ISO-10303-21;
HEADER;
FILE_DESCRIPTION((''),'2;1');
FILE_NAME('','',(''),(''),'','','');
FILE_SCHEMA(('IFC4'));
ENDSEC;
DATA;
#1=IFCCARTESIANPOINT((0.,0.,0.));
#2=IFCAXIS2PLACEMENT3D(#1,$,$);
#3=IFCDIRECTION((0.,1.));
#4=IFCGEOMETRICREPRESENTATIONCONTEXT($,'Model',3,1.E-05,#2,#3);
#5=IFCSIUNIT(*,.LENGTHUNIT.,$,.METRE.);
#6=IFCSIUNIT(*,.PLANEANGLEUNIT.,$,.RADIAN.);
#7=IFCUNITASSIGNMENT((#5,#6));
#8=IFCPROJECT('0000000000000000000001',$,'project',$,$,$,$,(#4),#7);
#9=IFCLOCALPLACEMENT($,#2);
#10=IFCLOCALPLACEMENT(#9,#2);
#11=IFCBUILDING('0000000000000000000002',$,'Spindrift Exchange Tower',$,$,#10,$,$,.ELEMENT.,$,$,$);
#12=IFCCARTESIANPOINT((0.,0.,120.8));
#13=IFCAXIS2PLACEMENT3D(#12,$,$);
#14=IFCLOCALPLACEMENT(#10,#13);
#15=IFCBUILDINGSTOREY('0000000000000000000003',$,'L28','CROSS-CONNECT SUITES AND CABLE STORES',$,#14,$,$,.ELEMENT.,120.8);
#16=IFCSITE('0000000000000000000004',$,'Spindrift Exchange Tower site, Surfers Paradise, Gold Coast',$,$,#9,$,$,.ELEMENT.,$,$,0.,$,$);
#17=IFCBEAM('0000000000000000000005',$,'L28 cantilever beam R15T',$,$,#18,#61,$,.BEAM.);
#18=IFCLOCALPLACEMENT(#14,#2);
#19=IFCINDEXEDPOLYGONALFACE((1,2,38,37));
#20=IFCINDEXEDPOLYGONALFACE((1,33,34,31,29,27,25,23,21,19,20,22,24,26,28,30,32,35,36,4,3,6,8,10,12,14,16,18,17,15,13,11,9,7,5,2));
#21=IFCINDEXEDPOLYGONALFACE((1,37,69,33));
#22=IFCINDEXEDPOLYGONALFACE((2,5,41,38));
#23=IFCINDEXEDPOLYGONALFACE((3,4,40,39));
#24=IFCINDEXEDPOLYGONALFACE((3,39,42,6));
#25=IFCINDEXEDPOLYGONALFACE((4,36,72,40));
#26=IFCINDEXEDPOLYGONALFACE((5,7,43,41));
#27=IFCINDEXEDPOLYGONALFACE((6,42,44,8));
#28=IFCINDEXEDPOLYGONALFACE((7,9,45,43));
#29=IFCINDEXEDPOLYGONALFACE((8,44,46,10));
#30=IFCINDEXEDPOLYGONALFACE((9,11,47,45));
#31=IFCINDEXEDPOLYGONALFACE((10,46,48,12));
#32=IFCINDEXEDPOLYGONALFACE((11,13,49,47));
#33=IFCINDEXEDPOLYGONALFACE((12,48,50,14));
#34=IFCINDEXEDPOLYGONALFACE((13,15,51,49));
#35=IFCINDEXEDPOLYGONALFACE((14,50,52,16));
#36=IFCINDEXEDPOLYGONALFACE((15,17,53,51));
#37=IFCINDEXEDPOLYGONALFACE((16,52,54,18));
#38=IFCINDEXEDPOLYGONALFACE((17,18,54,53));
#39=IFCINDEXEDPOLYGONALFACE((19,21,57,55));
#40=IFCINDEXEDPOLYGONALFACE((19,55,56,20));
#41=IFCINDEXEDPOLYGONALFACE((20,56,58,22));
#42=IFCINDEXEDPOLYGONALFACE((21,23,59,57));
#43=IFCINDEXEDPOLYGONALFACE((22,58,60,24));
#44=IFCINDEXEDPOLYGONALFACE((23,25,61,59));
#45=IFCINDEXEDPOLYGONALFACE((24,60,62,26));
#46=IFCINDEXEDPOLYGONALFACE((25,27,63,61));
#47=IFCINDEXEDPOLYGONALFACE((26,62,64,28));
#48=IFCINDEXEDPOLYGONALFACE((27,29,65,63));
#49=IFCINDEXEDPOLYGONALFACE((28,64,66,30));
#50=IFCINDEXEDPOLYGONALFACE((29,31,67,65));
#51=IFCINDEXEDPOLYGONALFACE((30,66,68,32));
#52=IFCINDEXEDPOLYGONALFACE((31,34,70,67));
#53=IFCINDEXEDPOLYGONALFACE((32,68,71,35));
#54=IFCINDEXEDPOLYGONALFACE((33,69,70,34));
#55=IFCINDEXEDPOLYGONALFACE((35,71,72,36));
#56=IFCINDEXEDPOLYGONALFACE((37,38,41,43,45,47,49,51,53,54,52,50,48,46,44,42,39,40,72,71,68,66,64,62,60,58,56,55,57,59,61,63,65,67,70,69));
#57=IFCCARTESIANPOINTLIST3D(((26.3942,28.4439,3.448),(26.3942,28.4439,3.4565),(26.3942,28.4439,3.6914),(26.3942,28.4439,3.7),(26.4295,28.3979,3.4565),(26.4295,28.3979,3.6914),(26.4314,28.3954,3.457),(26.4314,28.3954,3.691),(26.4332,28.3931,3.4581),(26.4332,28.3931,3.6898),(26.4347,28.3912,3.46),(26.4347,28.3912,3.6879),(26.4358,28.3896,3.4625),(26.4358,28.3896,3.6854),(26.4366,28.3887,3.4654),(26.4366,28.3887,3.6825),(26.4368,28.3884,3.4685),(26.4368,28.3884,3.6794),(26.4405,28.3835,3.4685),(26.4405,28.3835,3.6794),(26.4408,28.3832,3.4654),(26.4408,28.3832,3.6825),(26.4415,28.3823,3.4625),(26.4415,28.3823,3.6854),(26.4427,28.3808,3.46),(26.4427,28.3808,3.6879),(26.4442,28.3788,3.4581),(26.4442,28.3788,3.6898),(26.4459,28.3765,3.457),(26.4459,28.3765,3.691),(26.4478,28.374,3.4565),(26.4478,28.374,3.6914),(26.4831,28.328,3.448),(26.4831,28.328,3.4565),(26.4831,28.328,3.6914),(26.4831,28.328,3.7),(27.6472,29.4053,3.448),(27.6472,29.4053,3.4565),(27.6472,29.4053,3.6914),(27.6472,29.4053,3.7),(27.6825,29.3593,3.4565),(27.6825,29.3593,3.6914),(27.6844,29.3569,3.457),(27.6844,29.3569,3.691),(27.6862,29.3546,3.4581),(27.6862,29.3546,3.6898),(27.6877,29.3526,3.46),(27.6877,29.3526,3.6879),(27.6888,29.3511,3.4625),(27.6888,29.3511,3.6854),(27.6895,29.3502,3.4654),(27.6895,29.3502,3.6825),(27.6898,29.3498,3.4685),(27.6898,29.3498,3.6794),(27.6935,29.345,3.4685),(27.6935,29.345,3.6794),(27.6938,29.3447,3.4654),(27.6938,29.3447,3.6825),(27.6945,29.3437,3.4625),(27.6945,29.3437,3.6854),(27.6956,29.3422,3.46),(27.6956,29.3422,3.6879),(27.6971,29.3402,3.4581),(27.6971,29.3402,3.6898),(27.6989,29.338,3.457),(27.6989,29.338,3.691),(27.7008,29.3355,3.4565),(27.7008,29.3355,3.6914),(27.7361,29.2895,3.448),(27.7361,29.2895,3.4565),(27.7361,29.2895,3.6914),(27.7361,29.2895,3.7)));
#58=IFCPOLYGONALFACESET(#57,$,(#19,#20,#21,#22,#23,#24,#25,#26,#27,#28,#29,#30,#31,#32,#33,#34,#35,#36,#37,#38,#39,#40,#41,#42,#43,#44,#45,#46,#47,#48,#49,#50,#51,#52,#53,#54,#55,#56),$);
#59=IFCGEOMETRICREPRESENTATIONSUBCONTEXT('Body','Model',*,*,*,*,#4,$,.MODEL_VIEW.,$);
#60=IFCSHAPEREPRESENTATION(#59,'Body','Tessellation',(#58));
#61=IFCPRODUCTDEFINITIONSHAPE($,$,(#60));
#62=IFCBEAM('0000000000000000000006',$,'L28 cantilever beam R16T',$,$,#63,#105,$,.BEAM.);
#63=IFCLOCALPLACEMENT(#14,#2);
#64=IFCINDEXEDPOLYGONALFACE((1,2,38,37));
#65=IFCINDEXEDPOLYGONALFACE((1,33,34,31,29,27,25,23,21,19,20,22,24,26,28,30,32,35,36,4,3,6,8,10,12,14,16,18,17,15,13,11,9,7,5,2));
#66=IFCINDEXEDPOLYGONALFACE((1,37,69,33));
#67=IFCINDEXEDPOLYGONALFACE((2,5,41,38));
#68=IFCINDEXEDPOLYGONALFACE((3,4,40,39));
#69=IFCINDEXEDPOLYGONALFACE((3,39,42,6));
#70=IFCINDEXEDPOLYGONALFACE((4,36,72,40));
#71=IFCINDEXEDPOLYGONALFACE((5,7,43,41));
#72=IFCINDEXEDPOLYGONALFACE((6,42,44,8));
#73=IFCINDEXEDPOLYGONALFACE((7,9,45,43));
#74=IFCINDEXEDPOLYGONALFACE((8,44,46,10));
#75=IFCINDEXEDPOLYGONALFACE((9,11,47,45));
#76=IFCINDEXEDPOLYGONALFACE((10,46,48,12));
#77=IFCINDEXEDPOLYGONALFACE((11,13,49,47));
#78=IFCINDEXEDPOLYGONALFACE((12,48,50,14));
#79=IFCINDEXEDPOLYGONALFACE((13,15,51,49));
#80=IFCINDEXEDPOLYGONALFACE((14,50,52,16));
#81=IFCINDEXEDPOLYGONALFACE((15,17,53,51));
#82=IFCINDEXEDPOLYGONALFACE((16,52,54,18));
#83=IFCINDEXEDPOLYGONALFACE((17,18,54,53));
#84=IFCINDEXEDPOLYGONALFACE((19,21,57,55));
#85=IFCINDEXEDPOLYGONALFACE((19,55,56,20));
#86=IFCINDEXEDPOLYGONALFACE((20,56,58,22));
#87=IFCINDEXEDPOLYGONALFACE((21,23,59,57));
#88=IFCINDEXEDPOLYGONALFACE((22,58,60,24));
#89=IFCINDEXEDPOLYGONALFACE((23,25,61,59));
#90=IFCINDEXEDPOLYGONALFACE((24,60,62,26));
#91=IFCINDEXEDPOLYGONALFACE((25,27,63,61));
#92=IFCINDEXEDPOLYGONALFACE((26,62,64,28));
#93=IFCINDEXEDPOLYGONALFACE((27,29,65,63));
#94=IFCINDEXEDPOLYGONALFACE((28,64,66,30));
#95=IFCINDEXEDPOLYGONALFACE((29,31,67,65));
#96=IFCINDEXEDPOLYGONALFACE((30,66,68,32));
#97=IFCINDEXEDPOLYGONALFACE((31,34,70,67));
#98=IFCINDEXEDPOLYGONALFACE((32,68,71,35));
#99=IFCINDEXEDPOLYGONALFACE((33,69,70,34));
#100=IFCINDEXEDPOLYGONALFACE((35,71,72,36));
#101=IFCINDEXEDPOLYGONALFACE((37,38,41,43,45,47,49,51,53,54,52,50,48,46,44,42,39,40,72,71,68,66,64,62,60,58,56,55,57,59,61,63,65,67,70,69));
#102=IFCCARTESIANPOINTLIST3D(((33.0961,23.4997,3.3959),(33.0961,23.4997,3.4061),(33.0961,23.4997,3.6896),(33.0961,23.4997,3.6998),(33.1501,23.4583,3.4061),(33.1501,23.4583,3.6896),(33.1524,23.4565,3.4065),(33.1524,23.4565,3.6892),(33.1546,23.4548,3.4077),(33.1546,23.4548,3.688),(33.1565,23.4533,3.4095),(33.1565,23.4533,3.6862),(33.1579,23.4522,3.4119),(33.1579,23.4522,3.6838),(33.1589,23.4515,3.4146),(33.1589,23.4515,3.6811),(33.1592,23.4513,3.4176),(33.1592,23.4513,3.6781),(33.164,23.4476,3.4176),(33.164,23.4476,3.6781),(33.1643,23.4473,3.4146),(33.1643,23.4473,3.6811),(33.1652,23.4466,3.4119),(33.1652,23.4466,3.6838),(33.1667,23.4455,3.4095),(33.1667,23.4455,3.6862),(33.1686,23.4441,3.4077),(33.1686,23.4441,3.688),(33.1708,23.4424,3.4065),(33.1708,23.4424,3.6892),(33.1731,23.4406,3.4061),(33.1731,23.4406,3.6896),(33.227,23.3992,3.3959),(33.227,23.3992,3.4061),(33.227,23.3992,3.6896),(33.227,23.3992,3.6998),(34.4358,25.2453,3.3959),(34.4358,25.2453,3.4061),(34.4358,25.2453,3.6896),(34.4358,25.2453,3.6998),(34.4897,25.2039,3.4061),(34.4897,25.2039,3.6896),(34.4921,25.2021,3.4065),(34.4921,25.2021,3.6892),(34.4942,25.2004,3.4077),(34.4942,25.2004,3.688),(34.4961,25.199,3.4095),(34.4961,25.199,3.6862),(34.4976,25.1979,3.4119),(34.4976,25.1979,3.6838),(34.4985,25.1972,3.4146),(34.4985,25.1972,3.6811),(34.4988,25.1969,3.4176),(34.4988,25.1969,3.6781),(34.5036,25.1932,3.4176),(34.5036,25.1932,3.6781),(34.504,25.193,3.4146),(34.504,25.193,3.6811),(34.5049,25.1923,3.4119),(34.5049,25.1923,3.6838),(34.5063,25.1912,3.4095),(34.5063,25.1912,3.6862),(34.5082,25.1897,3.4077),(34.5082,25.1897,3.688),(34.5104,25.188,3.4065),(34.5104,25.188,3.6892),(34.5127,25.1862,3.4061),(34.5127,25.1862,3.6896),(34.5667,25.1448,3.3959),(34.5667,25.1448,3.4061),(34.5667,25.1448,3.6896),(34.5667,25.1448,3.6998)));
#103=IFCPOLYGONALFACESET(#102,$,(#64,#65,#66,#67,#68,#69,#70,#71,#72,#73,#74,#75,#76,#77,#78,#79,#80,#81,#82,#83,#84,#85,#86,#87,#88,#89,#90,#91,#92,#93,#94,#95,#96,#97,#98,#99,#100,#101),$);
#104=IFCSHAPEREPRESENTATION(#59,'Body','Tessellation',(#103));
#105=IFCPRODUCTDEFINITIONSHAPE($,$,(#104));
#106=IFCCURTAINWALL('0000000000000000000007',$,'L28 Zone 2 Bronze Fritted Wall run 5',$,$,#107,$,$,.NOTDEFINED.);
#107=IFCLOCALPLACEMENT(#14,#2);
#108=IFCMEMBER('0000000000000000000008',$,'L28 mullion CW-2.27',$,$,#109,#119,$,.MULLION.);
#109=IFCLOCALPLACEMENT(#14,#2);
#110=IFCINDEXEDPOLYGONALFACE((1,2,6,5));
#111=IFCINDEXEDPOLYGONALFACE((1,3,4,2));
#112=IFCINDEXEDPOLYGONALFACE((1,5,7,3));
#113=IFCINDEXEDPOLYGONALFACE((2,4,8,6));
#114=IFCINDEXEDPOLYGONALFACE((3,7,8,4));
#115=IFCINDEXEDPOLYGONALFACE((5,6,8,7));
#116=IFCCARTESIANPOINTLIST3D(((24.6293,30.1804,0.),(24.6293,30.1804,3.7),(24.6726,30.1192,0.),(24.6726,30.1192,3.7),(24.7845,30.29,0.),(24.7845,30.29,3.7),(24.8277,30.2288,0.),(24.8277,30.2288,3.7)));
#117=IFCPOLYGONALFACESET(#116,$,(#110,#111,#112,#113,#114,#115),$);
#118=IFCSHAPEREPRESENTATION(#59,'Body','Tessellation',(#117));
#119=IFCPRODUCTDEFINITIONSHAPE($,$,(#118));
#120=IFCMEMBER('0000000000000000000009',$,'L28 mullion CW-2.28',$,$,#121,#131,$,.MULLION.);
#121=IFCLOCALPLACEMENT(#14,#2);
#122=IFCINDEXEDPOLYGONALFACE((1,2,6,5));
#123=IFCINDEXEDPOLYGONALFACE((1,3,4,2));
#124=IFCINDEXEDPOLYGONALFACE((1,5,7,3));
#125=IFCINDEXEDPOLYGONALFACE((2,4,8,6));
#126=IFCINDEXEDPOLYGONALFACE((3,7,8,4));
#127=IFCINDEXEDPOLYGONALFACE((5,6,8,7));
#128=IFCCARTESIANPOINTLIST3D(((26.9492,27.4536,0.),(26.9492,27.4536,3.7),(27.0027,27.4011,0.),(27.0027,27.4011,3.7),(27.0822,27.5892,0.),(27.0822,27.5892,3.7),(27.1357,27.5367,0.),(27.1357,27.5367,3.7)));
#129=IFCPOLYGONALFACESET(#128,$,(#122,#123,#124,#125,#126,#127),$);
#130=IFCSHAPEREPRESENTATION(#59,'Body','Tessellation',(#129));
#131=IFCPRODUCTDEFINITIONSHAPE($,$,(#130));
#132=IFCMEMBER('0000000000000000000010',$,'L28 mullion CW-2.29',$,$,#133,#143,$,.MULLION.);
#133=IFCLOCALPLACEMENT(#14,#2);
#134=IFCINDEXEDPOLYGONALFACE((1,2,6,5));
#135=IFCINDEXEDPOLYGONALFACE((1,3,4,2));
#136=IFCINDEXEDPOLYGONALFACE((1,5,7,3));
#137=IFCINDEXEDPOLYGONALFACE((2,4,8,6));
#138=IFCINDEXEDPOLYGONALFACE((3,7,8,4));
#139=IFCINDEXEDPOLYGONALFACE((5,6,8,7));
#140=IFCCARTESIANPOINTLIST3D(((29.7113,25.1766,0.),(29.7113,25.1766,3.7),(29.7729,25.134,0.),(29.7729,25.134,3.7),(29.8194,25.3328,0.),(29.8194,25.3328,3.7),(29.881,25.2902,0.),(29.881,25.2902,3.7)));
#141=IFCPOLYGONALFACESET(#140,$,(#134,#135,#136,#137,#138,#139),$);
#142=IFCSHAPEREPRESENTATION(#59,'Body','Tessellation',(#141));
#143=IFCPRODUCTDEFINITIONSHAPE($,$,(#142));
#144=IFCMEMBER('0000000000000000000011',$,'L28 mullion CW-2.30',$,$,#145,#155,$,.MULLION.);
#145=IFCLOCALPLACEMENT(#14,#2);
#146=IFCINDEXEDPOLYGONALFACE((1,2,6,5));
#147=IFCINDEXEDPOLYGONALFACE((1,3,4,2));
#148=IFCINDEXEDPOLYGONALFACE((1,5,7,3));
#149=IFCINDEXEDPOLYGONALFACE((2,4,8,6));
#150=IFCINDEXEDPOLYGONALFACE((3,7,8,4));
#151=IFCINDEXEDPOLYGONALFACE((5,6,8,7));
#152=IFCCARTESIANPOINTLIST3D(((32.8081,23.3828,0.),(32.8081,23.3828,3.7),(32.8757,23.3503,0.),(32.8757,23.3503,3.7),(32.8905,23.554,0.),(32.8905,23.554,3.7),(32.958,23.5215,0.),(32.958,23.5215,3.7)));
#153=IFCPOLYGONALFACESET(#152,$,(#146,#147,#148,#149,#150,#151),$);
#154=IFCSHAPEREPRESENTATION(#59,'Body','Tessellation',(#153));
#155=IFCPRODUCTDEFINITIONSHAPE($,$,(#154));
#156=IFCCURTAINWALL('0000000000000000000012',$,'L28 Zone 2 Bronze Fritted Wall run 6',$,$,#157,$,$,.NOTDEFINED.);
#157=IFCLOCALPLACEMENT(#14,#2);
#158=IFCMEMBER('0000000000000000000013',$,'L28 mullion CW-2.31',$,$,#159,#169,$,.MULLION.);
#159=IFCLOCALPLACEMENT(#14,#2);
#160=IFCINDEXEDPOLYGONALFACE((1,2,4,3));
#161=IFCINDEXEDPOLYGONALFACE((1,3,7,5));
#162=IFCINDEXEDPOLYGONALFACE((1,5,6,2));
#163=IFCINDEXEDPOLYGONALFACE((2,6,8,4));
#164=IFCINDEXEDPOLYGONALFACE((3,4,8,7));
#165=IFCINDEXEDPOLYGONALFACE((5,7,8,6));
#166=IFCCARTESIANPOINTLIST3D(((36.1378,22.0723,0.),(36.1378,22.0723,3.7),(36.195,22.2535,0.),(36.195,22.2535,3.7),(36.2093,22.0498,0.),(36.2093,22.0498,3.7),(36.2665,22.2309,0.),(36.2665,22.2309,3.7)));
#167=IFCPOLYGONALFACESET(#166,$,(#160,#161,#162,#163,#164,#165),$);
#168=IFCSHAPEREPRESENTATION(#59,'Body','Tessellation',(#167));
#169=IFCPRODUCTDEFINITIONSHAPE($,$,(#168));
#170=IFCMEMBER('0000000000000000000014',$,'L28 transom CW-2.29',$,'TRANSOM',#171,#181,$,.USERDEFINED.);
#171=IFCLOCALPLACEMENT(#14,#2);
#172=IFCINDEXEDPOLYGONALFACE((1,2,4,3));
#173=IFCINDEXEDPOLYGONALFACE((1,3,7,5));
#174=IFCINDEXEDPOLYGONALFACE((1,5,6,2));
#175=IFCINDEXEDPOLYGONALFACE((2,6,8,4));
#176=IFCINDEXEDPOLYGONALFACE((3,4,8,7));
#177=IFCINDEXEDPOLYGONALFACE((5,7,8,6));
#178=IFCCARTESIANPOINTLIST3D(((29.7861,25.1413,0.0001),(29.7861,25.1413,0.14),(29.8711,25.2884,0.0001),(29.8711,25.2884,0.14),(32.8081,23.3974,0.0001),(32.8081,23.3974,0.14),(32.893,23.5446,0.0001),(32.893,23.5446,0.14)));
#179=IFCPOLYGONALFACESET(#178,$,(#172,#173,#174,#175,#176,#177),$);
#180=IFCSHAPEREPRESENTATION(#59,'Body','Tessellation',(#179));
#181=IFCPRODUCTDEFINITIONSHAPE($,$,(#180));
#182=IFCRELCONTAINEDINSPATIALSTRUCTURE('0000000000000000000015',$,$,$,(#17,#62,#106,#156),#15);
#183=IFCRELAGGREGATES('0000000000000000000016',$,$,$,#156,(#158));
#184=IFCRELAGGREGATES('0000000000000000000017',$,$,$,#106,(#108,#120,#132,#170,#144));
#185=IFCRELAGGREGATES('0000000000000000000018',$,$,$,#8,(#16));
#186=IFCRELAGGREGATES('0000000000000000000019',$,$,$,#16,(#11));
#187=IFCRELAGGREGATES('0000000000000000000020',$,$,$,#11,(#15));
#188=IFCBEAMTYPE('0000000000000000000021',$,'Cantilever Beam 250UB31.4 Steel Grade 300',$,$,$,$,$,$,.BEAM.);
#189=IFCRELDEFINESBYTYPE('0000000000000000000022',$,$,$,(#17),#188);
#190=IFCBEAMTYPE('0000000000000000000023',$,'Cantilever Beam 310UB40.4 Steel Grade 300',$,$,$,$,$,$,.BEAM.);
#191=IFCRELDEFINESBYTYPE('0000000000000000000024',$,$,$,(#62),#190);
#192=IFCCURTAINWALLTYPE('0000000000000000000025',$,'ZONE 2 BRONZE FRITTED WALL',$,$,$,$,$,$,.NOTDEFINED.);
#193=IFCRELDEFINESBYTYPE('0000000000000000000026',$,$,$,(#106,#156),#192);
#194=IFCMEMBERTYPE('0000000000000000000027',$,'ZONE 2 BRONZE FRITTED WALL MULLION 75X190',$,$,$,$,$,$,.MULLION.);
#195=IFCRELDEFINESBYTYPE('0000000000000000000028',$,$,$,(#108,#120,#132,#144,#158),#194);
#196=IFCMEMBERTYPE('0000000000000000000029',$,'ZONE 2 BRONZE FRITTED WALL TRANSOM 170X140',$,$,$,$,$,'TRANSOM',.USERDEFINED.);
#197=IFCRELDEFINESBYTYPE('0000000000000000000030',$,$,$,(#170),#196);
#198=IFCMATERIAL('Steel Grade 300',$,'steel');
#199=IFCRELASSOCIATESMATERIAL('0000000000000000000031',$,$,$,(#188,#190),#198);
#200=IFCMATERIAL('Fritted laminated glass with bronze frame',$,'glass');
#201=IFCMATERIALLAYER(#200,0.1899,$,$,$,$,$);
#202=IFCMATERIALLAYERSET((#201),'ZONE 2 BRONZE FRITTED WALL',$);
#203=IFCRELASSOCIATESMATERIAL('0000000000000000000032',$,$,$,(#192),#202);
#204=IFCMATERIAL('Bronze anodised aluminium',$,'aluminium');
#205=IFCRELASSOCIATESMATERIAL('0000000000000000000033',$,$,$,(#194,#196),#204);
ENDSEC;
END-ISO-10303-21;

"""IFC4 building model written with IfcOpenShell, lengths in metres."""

from ifc_helpers import new_model, si_unit, direction, frame, origin, origin_2d, place, context, subcontext, project, spatial, rectangle, i_section, extrude, source, transform, mapped, material, layer, layer_set, material_profile, profile_set, type_object, element, aggregate, save


model = new_model("IFC4")

# Units and contexts
model_context = context("Model", 3, precision=1e-05, world=origin(), true_north=direction((0.0, 1.0)))
body_context = subcontext(model_context, "Body", "Model", "MODEL_VIEW")
ifc_project = project(units=[si_unit("LENGTHUNIT", "METRE"), si_unit("PLANEANGLEUNIT", "RADIAN")], contexts=[model_context])

# Site, building, storey
site_placement = place(None, origin())
site = spatial("IfcSite", under=ifc_project, at=site_placement, Name="Spindrift Exchange Tower site, Surfers Paradise, Gold Coast", CompositionType="ELEMENT", RefElevation=0.0)
building_placement = place(site_placement, origin())
building = spatial("IfcBuilding", under=site, at=building_placement, Name="Spindrift Exchange Tower", CompositionType="ELEMENT")
storey_placement = place(building_placement, frame((0.0, 0.0, 120.8)))
storey = spatial("IfcBuildingStorey", under=building, at=storey_placement, Name="L28", Description="CROSS-CONNECT SUITES AND CABLE STORES", CompositionType="ELEMENT", Elevation=120.8)

# Beams
ifc_material_1 = material(Name="Steel Grade 300", Category="steel")
ifc_material_profile_1 = material_profile(ifc_material_1, i_section(OverallWidth=0.146, OverallDepth=0.252, WebThickness=0.0061, FlangeThickness=0.0085, FilletRadius=0.012, at=origin_2d()), Name="250UB31.4")
ifc_profile_set_1 = profile_set([ifc_material_profile_1], Name="Steel Grade 300")
beam_type_1 = type_object("IfcBeamType", Name="Cantilever Beam 250UB31.4 Steel Grade 300", PredefinedType="BEAM", material=ifc_profile_set_1)
shared_shape_1 = source(origin(), body_context, "Body", "SweptSolid", [
    extrude(i_section(OverallWidth=0.146, OverallDepth=0.252, WebThickness=0.0061, FlangeThickness=0.0085, FilletRadius=0.012, at=origin_2d()), origin(), (0.0, 0.0, 1.0), 1.5793),
])
beam_1_placement = place(storey_placement, frame((27.6917, 29.3474, 3.574), z_axis=(-0.793348, -0.608769, 0.0), x_axis=(0.608769, -0.793348, 0.0)))
element("IfcBeam", 1, at=beam_1_placement, inside=storey, type_object=beam_type_1, Name="L28 cantilever beam R15T", PredefinedType="BEAM", context=body_context, shape_type="MappedRepresentation", body=[
    mapped(shared_shape_1, transform((0.0, 0.0, 0.0), scale=1.0)),
])
ifc_material_profile_2 = material_profile(ifc_material_1, i_section(OverallWidth=0.165, OverallDepth=0.304, WebThickness=0.0061, FlangeThickness=0.0103, FilletRadius=0.0115, at=origin_2d()), Name="310UB40.4")
ifc_profile_set_2 = profile_set([ifc_material_profile_2], Name="Steel Grade 300")
beam_type_2 = type_object("IfcBeamType", Name="Cantilever Beam 310UB40.4 Steel Grade 300", PredefinedType="BEAM", material=ifc_profile_set_2)
shared_shape_2 = source(origin(), body_context, "Body", "SweptSolid", [
    extrude(i_section(OverallWidth=0.165, OverallDepth=0.304, WebThickness=0.0061, FlangeThickness=0.0103, FilletRadius=0.0115, at=origin_2d()), origin(), (0.0, 0.0, 1.0), 2.2004),
])
beam_2_placement = place(storey_placement, frame((34.5012, 25.1951, 3.5479), z_axis=(-0.608804, -0.793321, 0.0), x_axis=(0.793321, -0.608804, 0.0)))
element("IfcBeam", 2, at=beam_2_placement, inside=storey, type_object=beam_type_2, Name="L28 cantilever beam R16T", PredefinedType="BEAM", context=body_context, shape_type="MappedRepresentation", body=[
    mapped(shared_shape_2, transform((0.0, 0.0, 0.0), scale=1.0)),
])

# Curtain wall, members
ifc_material_2 = material(Name="Fritted laminated glass with bronze frame", Category="glass")
ifc_layer_1 = layer(ifc_material_2, 0.1899)
ifc_layer_set_1 = layer_set([ifc_layer_1], Name="ZONE 2 BRONZE FRITTED WALL")
curtain_wall_type = type_object("IfcCurtainWallType", Name="ZONE 2 BRONZE FRITTED WALL", PredefinedType="NOTDEFINED", material=ifc_layer_set_1)
curtain_wall_1_placement = place(storey_placement, origin())
curtain_wall_1 = element("IfcCurtainWall", 3, at=curtain_wall_1_placement, inside=storey, type_object=curtain_wall_type, Name="L28 Zone 2 Bronze Fritted Wall run 5", PredefinedType="NOTDEFINED")
ifc_material_3 = material(Name="Bronze anodised aluminium", Category="aluminium")
ifc_material_profile_3 = material_profile(ifc_material_3, rectangle(XDim=0.075, YDim=0.1899, at=origin_2d()), Name="ZONE 2 BRONZE FRITTED WALL MULLION 75X190")
ifc_profile_set_3 = profile_set([ifc_material_profile_3], Name="Bronze anodised aluminium")
member_type_1 = type_object("IfcMemberType", Name="ZONE 2 BRONZE FRITTED WALL MULLION 75X190", PredefinedType="MULLION", material=ifc_profile_set_3)
shared_shape_3 = source(origin(), body_context, "Body", "SweptSolid", [
    extrude(rectangle(XDim=0.075, YDim=0.1899, at=origin_2d()), origin(), (0.0, 0.0, 1.0), 3.7),
])
member_1_placement = place(storey_placement, frame((24.7285, 30.2046, 0.0), z_axis=(0.0, 0.0, 1.0), x_axis=(0.577059, -0.816703, 0.0)))
member_1 = element("IfcMember", 4, at=member_1_placement, type_object=member_type_1, Name="L28 mullion CW-2.27", PredefinedType="MULLION", context=body_context, shape_type="MappedRepresentation", body=[
    mapped(shared_shape_3, transform((0.0, 0.0, 0.0), scale=1.0)),
])
member_2_placement = place(storey_placement, frame((27.0425, 27.4951, 0.0), z_axis=(0.0, 0.0, 1.0), x_axis=(0.713866, -0.700282, 0.0)))
member_2 = element("IfcMember", 5, at=member_2_placement, type_object=member_type_1, Name="L28 mullion CW-2.28", PredefinedType="MULLION", context=body_context, shape_type="MappedRepresentation", body=[
    mapped(shared_shape_3, transform((0.0, 0.0, 0.0), scale=1.0)),
])
member_3_placement = place(storey_placement, frame((29.7961, 25.2334, 0.0), z_axis=(0.0, 0.0, 1.0), x_axis=(0.822225, -0.569162, 0.0)))
member_3 = element("IfcMember", 6, at=member_3_placement, type_object=member_type_1, Name="L28 mullion CW-2.29", PredefinedType="MULLION", context=body_context, shape_type="MappedRepresentation", body=[
    mapped(shared_shape_3, transform((0.0, 0.0, 0.0), scale=1.0)),
])
member_4_placement = place(storey_placement, frame((32.8831, 23.4521, 0.0), z_axis=(0.0, 0.0, 1.0), x_axis=(0.90114, -0.433528, 0.0)))
member_4 = element("IfcMember", 7, at=member_4_placement, type_object=member_type_1, Name="L28 mullion CW-2.30", PredefinedType="MULLION", context=body_context, shape_type="MappedRepresentation", body=[
    mapped(shared_shape_3, transform((0.0, 0.0, 0.0), scale=1.0)),
])

# Curtain wall, member
curtain_wall_2_placement = place(storey_placement, origin())
curtain_wall_2 = element("IfcCurtainWall", 8, at=curtain_wall_2_placement, inside=storey, type_object=curtain_wall_type, Name="L28 Zone 2 Bronze Fritted Wall run 6", PredefinedType="NOTDEFINED")
member_5_placement = place(storey_placement, frame((36.2021, 22.1516, 0.0), z_axis=(0.0, 0.0, 1.0), x_axis=(0.953666, -0.300866, 0.0)))
member_5 = element("IfcMember", 9, at=member_5_placement, type_object=member_type_1, Name="L28 mullion CW-2.31", PredefinedType="MULLION", context=body_context, shape_type="MappedRepresentation", body=[
    mapped(shared_shape_3, transform((0.0, 0.0, 0.0), scale=1.0)),
])

# Member
ifc_material_profile_4 = material_profile(ifc_material_3, rectangle(XDim=0.1699, YDim=0.1399, at=origin_2d()), Name="ZONE 2 BRONZE FRITTED WALL TRANSOM 170X140")
ifc_profile_set_4 = profile_set([ifc_material_profile_4], Name="Bronze anodised aluminium")
member_type_2 = type_object("IfcMemberType", Name="ZONE 2 BRONZE FRITTED WALL TRANSOM 170X140", ElementType="TRANSOM", PredefinedType="USERDEFINED", material=ifc_profile_set_4)
shared_shape_4 = source(origin(), body_context, "Body", "SweptSolid", [
    extrude(rectangle(XDim=0.1699, YDim=0.1399, at=origin_2d()), origin(), (0.0, 0.0, 1.0), 3.489),
])
member_6_placement = place(storey_placement, frame((29.8286, 25.2148, 0.0701), z_axis=(0.86613, -0.499819, 0.0), x_axis=(0.499819, 0.86613, 0.0)))
member_6 = element("IfcMember", 10, at=member_6_placement, type_object=member_type_2, Name="L28 transom CW-2.29", ObjectType="TRANSOM", PredefinedType="USERDEFINED", context=body_context, shape_type="MappedRepresentation", body=[
    mapped(shared_shape_4, transform((0.0, 0.0, 0.0), scale=1.0)),
])

aggregate(curtain_wall_2, [member_5])
aggregate(curtain_wall_1, [member_1, member_2, member_3, member_6, member_4])

save(model, "model.ifc")
